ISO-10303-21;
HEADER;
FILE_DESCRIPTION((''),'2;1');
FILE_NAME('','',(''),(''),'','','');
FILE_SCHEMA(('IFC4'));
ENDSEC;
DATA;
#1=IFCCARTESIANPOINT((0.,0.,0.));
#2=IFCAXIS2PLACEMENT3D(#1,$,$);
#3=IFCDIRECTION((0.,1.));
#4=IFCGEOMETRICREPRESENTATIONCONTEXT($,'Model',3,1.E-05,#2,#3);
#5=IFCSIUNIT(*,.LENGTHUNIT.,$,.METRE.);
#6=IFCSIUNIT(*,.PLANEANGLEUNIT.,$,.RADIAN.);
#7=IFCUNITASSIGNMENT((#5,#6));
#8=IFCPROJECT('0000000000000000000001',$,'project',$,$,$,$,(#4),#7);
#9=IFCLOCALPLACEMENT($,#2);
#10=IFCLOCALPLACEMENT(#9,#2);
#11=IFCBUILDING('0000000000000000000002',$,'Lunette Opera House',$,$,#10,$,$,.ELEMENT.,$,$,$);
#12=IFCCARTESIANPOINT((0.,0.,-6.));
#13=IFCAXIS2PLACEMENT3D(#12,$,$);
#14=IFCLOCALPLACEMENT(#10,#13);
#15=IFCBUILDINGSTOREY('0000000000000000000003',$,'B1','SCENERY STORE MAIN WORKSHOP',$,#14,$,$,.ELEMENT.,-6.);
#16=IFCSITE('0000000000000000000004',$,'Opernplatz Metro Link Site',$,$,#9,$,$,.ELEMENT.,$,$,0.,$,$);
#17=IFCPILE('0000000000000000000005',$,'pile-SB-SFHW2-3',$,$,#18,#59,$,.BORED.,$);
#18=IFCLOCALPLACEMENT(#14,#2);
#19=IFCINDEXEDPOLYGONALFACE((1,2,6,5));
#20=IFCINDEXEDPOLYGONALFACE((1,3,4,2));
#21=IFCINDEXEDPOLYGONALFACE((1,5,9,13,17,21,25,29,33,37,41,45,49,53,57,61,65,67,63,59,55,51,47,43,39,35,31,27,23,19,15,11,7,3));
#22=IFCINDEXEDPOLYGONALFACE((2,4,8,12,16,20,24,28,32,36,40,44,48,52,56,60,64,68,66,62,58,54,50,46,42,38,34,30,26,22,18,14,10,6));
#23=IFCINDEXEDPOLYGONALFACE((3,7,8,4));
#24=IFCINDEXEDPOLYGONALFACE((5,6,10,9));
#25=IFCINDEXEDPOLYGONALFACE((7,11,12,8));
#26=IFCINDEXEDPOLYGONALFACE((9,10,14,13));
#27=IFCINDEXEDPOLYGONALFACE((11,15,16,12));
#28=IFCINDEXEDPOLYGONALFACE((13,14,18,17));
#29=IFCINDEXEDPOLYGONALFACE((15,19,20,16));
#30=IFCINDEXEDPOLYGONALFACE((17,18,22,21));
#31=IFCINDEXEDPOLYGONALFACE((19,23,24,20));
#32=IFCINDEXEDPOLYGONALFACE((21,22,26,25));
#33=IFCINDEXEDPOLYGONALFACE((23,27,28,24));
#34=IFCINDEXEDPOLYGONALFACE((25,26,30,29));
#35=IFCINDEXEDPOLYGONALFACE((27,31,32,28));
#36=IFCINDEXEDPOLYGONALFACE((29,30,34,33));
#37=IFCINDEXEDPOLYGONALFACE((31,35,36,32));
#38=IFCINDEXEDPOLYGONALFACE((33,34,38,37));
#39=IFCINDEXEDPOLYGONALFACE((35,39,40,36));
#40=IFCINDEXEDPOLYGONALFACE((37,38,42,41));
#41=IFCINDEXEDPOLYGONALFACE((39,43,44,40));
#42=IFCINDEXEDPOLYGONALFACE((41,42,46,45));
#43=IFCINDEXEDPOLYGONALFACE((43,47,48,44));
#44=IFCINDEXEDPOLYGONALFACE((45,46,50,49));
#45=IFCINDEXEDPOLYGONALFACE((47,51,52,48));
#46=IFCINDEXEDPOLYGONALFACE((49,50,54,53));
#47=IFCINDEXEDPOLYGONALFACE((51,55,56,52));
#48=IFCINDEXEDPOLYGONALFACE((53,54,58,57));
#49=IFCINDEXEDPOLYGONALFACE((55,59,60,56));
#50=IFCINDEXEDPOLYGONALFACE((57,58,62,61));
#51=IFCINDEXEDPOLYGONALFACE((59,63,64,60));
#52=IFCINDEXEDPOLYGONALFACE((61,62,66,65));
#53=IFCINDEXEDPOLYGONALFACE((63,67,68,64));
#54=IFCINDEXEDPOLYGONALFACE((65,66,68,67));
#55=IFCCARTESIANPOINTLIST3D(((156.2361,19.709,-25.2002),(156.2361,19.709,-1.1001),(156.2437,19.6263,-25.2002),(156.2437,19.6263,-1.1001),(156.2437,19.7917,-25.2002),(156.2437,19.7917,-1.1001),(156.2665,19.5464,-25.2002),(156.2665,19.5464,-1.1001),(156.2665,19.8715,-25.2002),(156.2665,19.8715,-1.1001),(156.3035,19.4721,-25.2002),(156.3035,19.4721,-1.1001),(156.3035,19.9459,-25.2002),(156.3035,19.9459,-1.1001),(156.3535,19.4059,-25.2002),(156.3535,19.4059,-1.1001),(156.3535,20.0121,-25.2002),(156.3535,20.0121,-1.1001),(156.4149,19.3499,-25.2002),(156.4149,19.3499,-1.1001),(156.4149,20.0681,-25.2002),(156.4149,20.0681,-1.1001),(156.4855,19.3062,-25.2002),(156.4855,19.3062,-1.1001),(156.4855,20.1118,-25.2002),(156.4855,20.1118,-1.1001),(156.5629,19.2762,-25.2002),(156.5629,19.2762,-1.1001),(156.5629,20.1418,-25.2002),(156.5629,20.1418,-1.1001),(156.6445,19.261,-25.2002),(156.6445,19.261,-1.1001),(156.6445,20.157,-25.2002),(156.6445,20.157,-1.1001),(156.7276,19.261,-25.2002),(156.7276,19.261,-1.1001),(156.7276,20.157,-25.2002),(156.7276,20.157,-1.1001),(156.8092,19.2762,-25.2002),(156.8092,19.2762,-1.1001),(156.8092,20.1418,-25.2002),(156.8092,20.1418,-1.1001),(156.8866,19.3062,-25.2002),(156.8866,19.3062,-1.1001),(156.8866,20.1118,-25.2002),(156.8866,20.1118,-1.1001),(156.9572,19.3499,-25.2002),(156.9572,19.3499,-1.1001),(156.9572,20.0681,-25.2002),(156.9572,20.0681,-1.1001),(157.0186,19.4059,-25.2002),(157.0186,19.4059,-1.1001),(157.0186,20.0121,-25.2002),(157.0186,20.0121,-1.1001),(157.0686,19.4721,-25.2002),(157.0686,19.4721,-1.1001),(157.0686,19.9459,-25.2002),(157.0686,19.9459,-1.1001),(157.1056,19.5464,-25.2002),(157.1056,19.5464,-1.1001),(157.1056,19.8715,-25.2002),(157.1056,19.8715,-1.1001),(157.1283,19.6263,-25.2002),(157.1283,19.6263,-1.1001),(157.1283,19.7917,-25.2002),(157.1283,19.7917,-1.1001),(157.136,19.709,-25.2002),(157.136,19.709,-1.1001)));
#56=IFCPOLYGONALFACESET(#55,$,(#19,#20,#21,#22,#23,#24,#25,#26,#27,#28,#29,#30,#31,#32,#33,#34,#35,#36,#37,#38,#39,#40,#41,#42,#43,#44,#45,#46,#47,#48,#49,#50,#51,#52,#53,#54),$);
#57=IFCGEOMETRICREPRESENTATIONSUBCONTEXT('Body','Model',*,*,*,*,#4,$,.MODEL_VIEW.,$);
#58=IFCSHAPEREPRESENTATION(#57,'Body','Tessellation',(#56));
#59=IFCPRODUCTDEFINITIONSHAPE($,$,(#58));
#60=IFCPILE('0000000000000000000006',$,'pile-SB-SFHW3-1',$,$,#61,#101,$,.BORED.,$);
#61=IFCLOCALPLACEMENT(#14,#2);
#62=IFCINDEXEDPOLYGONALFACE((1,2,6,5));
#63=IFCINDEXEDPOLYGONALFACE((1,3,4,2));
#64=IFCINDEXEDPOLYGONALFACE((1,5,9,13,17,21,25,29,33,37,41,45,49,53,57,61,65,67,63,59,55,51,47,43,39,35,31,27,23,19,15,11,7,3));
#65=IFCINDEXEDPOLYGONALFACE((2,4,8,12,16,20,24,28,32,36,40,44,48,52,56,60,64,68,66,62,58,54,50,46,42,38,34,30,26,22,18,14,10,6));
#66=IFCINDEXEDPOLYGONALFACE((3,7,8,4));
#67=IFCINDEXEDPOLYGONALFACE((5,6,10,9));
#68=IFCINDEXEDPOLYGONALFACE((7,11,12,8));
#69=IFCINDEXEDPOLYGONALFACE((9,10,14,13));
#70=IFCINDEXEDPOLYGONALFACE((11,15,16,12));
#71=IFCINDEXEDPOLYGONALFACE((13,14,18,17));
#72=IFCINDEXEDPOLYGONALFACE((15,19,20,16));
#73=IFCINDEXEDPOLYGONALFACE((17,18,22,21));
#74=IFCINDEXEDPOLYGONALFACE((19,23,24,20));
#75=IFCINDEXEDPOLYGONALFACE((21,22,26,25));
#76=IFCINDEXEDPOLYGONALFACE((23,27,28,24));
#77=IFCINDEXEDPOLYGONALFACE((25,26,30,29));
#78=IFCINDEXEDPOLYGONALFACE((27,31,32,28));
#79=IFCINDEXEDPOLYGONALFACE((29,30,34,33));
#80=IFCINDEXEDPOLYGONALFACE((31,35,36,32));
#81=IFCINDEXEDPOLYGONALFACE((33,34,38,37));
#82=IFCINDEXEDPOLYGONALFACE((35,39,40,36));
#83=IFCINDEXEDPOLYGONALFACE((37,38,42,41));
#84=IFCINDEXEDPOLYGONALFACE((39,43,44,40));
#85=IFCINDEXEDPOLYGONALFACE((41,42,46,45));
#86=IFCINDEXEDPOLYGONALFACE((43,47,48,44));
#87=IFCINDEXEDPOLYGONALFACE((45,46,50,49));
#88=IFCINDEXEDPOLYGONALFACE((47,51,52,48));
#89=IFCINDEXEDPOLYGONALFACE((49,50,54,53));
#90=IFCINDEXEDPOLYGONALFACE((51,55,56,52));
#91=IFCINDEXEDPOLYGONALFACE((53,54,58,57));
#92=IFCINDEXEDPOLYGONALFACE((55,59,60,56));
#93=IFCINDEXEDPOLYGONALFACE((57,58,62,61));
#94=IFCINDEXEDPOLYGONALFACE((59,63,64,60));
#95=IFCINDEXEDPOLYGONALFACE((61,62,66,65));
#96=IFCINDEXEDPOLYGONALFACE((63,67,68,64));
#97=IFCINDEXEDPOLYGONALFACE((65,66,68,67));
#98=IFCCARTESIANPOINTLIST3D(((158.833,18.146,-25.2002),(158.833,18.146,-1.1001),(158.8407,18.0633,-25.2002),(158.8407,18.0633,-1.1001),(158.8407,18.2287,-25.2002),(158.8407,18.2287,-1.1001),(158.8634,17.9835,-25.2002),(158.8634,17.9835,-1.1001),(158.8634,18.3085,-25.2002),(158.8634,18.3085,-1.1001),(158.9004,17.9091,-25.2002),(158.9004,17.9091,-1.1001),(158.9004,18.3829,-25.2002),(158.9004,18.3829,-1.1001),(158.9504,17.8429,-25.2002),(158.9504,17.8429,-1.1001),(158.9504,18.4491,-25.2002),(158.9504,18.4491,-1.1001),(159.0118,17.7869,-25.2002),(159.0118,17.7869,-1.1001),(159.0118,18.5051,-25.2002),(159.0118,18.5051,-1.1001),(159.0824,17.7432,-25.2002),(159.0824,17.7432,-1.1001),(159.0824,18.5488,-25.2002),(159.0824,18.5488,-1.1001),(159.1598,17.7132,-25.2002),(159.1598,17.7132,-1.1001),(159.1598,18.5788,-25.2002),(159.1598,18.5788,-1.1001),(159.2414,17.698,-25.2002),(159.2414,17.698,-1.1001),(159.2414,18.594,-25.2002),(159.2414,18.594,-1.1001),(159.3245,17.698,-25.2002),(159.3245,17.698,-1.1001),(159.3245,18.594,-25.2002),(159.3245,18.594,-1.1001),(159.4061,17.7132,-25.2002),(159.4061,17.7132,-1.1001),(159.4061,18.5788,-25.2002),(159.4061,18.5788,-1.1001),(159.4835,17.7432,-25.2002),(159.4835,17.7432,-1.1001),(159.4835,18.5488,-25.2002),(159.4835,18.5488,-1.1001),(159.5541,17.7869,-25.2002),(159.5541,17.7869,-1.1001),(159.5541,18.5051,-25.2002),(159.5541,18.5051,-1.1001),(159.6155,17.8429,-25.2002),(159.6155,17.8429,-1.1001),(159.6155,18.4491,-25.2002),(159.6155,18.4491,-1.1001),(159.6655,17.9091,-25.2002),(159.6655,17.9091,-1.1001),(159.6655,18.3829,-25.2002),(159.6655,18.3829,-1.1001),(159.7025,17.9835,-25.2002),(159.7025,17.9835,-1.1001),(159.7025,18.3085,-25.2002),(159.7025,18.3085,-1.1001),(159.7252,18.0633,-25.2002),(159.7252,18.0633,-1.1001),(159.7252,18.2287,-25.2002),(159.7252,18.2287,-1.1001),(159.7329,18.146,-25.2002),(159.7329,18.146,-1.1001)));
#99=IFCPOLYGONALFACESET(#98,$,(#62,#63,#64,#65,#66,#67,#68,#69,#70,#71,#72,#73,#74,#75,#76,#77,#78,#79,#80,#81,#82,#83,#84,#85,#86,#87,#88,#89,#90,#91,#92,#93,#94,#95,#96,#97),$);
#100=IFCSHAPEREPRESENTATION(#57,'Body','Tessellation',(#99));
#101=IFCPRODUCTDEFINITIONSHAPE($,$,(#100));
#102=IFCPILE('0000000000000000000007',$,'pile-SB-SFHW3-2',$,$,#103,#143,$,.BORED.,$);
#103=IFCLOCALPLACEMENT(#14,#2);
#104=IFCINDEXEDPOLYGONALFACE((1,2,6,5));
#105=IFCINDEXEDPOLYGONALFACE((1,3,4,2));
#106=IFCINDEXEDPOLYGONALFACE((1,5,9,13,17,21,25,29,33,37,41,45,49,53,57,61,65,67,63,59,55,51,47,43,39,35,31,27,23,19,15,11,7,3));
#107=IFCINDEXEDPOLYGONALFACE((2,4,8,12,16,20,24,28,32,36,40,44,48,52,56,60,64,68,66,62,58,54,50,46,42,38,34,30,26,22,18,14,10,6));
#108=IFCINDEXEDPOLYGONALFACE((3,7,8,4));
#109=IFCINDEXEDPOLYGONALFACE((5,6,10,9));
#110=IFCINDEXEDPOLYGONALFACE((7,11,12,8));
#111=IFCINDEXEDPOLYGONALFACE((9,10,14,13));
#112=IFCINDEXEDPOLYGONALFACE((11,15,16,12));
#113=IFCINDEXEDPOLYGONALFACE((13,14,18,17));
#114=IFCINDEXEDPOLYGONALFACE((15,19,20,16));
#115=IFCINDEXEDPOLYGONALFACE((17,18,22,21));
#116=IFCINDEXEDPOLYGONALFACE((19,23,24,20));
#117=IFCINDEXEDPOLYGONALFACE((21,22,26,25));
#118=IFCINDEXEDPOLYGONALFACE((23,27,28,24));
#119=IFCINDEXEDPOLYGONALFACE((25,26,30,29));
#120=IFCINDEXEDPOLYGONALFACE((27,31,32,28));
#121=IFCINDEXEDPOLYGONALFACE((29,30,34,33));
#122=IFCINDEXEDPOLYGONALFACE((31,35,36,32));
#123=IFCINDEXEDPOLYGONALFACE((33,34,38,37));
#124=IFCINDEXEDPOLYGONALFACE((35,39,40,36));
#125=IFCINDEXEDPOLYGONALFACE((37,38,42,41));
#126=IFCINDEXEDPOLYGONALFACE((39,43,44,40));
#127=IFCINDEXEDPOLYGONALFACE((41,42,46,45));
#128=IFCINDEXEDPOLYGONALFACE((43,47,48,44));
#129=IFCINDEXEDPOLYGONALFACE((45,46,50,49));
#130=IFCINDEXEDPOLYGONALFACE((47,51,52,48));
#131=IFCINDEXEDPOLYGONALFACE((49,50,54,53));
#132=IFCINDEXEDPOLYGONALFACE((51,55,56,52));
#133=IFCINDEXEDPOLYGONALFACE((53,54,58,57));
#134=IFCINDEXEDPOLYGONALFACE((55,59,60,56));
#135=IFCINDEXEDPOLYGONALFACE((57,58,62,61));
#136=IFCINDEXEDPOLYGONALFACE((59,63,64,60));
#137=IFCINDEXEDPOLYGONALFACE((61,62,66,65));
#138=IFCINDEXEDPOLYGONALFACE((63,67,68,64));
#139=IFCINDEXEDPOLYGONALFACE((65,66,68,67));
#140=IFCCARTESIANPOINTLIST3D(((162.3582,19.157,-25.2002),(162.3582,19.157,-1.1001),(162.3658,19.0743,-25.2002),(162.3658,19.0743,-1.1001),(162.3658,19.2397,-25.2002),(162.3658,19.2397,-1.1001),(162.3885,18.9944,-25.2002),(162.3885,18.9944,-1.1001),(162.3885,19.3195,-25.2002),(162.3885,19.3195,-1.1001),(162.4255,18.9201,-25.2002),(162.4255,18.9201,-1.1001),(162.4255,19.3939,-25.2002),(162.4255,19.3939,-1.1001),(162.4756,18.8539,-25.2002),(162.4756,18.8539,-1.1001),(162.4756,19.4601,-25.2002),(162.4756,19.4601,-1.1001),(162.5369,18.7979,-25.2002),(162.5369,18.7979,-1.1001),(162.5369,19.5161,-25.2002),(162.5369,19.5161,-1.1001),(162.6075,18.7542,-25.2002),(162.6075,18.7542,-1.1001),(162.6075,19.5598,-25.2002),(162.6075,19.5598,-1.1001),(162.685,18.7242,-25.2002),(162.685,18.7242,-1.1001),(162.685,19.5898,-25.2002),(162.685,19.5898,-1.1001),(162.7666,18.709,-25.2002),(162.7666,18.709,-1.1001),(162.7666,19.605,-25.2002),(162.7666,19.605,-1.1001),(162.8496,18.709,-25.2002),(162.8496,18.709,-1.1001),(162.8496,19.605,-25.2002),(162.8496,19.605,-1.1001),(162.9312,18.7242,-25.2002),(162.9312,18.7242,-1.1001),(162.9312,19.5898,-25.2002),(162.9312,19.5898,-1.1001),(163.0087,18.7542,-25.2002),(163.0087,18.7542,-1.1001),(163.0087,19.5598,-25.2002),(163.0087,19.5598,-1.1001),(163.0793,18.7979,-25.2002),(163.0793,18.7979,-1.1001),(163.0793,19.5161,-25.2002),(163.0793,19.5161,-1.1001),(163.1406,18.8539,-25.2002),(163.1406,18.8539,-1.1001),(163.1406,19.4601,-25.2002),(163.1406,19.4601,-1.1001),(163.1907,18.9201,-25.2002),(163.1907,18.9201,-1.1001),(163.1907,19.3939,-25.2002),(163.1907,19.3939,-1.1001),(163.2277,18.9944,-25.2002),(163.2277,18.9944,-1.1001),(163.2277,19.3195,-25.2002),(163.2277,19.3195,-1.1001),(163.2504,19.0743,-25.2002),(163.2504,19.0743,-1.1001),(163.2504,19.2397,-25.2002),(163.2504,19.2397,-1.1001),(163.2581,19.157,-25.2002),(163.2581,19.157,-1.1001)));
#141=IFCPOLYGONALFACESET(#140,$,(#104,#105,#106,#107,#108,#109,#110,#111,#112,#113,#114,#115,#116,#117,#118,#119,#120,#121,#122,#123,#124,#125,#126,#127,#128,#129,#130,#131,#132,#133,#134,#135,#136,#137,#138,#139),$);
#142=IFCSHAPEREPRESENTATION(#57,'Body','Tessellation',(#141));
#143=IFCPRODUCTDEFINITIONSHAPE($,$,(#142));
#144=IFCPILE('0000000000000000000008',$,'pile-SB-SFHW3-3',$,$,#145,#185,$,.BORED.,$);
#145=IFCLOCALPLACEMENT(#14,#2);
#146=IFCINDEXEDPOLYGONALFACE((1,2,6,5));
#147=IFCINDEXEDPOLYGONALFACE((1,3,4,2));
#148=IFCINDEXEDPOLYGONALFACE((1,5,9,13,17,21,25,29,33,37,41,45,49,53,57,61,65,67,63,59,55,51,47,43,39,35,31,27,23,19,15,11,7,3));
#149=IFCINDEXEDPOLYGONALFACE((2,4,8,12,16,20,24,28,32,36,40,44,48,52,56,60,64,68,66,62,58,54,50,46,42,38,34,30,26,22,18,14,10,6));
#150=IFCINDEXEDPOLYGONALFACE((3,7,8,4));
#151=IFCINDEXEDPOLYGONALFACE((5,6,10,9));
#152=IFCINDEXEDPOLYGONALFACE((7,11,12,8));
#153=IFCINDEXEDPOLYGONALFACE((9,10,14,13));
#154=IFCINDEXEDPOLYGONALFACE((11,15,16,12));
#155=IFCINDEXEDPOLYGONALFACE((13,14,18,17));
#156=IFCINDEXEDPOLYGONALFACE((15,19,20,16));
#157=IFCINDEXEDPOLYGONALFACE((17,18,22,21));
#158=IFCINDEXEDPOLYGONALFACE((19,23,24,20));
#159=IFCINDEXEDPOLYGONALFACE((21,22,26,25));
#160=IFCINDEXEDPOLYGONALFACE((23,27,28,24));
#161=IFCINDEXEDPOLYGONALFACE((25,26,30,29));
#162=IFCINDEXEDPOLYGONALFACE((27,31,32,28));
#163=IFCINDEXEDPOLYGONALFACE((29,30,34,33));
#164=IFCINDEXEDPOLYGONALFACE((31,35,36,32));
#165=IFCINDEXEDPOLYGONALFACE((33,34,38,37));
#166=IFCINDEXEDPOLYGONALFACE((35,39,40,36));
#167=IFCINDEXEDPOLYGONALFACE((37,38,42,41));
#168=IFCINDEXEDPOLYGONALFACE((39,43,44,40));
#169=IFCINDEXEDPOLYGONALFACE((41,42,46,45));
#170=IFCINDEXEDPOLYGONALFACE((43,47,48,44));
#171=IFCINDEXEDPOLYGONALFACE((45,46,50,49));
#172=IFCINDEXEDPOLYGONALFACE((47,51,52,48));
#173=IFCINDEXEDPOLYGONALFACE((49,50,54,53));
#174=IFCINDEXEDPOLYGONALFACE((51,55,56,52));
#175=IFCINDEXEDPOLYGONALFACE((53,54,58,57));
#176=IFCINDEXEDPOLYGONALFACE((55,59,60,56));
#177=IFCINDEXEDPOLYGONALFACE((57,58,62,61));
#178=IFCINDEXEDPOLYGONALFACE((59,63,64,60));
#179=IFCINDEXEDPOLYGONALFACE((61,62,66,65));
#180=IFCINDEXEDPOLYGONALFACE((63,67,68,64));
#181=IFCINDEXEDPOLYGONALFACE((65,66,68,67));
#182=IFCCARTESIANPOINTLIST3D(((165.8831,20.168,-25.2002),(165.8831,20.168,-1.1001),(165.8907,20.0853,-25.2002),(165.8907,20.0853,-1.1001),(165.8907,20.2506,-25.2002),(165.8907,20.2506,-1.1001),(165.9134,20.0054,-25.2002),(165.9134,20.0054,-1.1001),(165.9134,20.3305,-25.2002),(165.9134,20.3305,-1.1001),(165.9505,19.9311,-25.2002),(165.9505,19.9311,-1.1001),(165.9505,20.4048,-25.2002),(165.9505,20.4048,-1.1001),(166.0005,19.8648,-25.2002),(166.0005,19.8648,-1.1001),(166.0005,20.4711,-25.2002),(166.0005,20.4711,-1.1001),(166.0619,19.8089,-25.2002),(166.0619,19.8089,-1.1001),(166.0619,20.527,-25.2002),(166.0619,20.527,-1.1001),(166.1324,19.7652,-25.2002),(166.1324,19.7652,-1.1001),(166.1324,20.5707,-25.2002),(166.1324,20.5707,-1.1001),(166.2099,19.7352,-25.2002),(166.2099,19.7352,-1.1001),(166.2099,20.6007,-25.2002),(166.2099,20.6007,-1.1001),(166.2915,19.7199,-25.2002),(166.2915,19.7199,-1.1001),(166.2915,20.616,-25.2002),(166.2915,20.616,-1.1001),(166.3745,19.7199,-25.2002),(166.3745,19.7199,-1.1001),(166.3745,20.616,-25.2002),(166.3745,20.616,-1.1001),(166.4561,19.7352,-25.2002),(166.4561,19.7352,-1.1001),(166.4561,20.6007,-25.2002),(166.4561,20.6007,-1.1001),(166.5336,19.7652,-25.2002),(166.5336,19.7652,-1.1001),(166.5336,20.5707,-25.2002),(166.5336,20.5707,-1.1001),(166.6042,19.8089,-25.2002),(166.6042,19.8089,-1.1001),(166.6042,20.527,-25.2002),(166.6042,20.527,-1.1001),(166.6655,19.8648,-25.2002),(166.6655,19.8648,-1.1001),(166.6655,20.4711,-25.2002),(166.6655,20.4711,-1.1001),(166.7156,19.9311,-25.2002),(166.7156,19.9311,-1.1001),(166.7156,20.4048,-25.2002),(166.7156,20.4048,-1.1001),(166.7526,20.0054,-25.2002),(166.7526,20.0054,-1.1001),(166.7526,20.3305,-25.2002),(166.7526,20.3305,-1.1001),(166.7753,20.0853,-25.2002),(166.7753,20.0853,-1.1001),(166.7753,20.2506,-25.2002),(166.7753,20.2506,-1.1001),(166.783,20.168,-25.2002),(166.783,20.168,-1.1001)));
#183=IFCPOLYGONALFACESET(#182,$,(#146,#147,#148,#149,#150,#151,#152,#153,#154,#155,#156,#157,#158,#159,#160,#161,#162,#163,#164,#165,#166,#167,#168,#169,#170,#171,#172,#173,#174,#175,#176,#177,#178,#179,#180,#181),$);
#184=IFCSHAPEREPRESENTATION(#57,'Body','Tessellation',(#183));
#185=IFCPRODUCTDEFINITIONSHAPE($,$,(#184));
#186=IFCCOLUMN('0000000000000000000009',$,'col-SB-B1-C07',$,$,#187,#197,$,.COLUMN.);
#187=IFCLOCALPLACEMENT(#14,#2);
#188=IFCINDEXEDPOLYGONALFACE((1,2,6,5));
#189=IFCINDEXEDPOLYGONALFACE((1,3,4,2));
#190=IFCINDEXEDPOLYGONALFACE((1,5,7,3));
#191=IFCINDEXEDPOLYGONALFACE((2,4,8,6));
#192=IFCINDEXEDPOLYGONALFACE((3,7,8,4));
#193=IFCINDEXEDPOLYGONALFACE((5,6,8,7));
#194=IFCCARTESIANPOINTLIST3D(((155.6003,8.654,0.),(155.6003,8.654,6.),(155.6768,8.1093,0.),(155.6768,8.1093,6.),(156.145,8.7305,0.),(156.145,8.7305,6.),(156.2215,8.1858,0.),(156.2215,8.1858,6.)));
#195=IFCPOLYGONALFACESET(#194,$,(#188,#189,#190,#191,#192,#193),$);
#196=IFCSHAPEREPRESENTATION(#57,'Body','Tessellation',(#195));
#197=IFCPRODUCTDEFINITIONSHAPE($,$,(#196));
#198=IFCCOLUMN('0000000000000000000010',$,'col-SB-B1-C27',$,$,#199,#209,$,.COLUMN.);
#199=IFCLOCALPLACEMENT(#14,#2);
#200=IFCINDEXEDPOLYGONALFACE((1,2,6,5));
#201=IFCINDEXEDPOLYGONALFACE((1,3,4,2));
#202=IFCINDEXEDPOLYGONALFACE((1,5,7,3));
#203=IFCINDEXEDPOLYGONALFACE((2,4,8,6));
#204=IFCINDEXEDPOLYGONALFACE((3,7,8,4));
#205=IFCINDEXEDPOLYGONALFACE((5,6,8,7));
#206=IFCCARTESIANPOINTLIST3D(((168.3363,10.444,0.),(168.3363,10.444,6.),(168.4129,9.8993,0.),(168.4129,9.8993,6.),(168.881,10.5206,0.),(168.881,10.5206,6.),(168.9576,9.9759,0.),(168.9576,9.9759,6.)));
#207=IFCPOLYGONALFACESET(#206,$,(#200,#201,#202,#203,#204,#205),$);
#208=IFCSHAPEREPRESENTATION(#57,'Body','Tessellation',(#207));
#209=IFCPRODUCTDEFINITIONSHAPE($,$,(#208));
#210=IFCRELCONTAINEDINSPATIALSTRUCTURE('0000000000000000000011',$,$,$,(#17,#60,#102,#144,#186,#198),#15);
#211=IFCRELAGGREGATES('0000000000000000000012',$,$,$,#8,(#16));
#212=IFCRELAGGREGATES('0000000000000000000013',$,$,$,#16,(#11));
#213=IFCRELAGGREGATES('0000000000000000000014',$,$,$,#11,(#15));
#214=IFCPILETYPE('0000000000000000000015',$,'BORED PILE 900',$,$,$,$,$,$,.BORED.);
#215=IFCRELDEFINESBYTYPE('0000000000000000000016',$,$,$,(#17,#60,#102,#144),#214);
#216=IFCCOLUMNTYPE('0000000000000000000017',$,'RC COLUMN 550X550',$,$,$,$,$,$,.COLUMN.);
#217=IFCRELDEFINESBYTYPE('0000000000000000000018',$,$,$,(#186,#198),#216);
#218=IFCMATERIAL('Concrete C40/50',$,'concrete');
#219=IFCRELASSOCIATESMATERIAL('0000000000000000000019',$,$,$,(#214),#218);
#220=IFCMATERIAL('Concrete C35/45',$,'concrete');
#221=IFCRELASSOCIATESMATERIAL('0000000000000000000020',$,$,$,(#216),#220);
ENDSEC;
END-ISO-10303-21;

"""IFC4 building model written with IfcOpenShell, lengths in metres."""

from ifc_helpers import new_model, si_unit, direction, frame, origin, origin_2d, place, context, subcontext, project, spatial, rectangle, circle, extrude, material, material_profile, profile_set, type_object, element, save


model = new_model("IFC4")

# Units and contexts
model_context = context("Model", 3, precision=1e-05, world=origin(), true_north=direction((0.0, 1.0)))
body_context = subcontext(model_context, "Body", "Model", "MODEL_VIEW")
ifc_project = project(units=[si_unit("LENGTHUNIT", "METRE"), si_unit("PLANEANGLEUNIT", "RADIAN")], contexts=[model_context])

# Site, building, storey
site_placement = place(None, origin())
site = spatial("IfcSite", under=ifc_project, at=site_placement, Name="Opernplatz Metro Link Site", CompositionType="ELEMENT", RefElevation=0.0)
building_placement = place(site_placement, origin())
building = spatial("IfcBuilding", under=site, at=building_placement, Name="Lunette Opera House", CompositionType="ELEMENT")
storey_placement = place(building_placement, frame((0.0, 0.0, -6.0)))
storey = spatial("IfcBuildingStorey", under=building, at=storey_placement, Name="B1", Description="SCENERY STORE MAIN WORKSHOP", CompositionType="ELEMENT", Elevation=-6.0)

# Piles
ifc_material_1 = material(Name="Concrete C40/50", Category="concrete")
ifc_material_profile_1 = material_profile(ifc_material_1, circle(Radius=0.45, at=origin_2d()), Name="BORED PILE 900")
ifc_profile_set_1 = profile_set([ifc_material_profile_1], Name="Concrete C40/50")
pile_type = type_object("IfcPileType", Name="BORED PILE 900", PredefinedType="BORED", material=ifc_profile_set_1)
for number, where, z_axis, x_axis, name in (
    (1, (156.686, 19.709, -1.1001), (0.0, 0.0, -1.0), (1.0, 0.0, 0.0), "pile-SB-SFHW2-3"),
    (2, (159.283, 18.146, -1.1001), (0.0, 0.0, -1.0), (1.0, 0.0, 0.0), "pile-SB-SFHW3-1"),
    (3, (162.8081, 19.157, -1.1001), (0.0, 0.0, -1.0), (1.0, 0.0, 0.0), "pile-SB-SFHW3-2"),
    (4, (166.333, 20.168, -1.1001), (0.0, 0.0, -1.0), (1.0, 0.0, 0.0), "pile-SB-SFHW3-3"),
):
    element("IfcPile", number, at=place(storey_placement, frame(where, z_axis=z_axis, x_axis=x_axis)), inside=storey, type_object=pile_type, Name=name, PredefinedType="BORED", context=body_context, shape_type="SweptSolid", body=[
        extrude(circle(Radius=0.45, at=origin_2d()), origin(), (0.0, 0.0, 1.0), 24.1001),
    ])

# Columns
ifc_material_2 = material(Name="Concrete C35/45", Category="concrete")
ifc_material_profile_2 = material_profile(ifc_material_2, rectangle(XDim=0.55, YDim=0.55, at=origin_2d()), Name="RC COLUMN 550X550")
ifc_profile_set_2 = profile_set([ifc_material_profile_2], Name="Concrete C35/45")
column_type = type_object("IfcColumnType", Name="RC COLUMN 550X550", PredefinedType="COLUMN", material=ifc_profile_set_2)
for number, where, z_axis, x_axis, name in (
    (5, (155.9109, 8.4199, 0.0), (0.0, 0.0, 1.0), (0.139173, -0.990268, 0.0), "col-SB-B1-C07"),
    (6, (168.647, 10.21, 0.0), (0.0, 0.0, 1.0), (0.139173, -0.990268, 0.0), "col-SB-B1-C27"),
):
    element("IfcColumn", number, at=place(storey_placement, frame(where, z_axis=z_axis, x_axis=x_axis)), inside=storey, type_object=column_type, Name=name, PredefinedType="COLUMN", context=body_context, shape_type="SweptSolid", body=[
        extrude(rectangle(XDim=0.55, YDim=0.55, at=origin_2d()), origin(), (0.0, 0.0, 1.0), 6.0),
    ])

save(model, "model.ifc")
